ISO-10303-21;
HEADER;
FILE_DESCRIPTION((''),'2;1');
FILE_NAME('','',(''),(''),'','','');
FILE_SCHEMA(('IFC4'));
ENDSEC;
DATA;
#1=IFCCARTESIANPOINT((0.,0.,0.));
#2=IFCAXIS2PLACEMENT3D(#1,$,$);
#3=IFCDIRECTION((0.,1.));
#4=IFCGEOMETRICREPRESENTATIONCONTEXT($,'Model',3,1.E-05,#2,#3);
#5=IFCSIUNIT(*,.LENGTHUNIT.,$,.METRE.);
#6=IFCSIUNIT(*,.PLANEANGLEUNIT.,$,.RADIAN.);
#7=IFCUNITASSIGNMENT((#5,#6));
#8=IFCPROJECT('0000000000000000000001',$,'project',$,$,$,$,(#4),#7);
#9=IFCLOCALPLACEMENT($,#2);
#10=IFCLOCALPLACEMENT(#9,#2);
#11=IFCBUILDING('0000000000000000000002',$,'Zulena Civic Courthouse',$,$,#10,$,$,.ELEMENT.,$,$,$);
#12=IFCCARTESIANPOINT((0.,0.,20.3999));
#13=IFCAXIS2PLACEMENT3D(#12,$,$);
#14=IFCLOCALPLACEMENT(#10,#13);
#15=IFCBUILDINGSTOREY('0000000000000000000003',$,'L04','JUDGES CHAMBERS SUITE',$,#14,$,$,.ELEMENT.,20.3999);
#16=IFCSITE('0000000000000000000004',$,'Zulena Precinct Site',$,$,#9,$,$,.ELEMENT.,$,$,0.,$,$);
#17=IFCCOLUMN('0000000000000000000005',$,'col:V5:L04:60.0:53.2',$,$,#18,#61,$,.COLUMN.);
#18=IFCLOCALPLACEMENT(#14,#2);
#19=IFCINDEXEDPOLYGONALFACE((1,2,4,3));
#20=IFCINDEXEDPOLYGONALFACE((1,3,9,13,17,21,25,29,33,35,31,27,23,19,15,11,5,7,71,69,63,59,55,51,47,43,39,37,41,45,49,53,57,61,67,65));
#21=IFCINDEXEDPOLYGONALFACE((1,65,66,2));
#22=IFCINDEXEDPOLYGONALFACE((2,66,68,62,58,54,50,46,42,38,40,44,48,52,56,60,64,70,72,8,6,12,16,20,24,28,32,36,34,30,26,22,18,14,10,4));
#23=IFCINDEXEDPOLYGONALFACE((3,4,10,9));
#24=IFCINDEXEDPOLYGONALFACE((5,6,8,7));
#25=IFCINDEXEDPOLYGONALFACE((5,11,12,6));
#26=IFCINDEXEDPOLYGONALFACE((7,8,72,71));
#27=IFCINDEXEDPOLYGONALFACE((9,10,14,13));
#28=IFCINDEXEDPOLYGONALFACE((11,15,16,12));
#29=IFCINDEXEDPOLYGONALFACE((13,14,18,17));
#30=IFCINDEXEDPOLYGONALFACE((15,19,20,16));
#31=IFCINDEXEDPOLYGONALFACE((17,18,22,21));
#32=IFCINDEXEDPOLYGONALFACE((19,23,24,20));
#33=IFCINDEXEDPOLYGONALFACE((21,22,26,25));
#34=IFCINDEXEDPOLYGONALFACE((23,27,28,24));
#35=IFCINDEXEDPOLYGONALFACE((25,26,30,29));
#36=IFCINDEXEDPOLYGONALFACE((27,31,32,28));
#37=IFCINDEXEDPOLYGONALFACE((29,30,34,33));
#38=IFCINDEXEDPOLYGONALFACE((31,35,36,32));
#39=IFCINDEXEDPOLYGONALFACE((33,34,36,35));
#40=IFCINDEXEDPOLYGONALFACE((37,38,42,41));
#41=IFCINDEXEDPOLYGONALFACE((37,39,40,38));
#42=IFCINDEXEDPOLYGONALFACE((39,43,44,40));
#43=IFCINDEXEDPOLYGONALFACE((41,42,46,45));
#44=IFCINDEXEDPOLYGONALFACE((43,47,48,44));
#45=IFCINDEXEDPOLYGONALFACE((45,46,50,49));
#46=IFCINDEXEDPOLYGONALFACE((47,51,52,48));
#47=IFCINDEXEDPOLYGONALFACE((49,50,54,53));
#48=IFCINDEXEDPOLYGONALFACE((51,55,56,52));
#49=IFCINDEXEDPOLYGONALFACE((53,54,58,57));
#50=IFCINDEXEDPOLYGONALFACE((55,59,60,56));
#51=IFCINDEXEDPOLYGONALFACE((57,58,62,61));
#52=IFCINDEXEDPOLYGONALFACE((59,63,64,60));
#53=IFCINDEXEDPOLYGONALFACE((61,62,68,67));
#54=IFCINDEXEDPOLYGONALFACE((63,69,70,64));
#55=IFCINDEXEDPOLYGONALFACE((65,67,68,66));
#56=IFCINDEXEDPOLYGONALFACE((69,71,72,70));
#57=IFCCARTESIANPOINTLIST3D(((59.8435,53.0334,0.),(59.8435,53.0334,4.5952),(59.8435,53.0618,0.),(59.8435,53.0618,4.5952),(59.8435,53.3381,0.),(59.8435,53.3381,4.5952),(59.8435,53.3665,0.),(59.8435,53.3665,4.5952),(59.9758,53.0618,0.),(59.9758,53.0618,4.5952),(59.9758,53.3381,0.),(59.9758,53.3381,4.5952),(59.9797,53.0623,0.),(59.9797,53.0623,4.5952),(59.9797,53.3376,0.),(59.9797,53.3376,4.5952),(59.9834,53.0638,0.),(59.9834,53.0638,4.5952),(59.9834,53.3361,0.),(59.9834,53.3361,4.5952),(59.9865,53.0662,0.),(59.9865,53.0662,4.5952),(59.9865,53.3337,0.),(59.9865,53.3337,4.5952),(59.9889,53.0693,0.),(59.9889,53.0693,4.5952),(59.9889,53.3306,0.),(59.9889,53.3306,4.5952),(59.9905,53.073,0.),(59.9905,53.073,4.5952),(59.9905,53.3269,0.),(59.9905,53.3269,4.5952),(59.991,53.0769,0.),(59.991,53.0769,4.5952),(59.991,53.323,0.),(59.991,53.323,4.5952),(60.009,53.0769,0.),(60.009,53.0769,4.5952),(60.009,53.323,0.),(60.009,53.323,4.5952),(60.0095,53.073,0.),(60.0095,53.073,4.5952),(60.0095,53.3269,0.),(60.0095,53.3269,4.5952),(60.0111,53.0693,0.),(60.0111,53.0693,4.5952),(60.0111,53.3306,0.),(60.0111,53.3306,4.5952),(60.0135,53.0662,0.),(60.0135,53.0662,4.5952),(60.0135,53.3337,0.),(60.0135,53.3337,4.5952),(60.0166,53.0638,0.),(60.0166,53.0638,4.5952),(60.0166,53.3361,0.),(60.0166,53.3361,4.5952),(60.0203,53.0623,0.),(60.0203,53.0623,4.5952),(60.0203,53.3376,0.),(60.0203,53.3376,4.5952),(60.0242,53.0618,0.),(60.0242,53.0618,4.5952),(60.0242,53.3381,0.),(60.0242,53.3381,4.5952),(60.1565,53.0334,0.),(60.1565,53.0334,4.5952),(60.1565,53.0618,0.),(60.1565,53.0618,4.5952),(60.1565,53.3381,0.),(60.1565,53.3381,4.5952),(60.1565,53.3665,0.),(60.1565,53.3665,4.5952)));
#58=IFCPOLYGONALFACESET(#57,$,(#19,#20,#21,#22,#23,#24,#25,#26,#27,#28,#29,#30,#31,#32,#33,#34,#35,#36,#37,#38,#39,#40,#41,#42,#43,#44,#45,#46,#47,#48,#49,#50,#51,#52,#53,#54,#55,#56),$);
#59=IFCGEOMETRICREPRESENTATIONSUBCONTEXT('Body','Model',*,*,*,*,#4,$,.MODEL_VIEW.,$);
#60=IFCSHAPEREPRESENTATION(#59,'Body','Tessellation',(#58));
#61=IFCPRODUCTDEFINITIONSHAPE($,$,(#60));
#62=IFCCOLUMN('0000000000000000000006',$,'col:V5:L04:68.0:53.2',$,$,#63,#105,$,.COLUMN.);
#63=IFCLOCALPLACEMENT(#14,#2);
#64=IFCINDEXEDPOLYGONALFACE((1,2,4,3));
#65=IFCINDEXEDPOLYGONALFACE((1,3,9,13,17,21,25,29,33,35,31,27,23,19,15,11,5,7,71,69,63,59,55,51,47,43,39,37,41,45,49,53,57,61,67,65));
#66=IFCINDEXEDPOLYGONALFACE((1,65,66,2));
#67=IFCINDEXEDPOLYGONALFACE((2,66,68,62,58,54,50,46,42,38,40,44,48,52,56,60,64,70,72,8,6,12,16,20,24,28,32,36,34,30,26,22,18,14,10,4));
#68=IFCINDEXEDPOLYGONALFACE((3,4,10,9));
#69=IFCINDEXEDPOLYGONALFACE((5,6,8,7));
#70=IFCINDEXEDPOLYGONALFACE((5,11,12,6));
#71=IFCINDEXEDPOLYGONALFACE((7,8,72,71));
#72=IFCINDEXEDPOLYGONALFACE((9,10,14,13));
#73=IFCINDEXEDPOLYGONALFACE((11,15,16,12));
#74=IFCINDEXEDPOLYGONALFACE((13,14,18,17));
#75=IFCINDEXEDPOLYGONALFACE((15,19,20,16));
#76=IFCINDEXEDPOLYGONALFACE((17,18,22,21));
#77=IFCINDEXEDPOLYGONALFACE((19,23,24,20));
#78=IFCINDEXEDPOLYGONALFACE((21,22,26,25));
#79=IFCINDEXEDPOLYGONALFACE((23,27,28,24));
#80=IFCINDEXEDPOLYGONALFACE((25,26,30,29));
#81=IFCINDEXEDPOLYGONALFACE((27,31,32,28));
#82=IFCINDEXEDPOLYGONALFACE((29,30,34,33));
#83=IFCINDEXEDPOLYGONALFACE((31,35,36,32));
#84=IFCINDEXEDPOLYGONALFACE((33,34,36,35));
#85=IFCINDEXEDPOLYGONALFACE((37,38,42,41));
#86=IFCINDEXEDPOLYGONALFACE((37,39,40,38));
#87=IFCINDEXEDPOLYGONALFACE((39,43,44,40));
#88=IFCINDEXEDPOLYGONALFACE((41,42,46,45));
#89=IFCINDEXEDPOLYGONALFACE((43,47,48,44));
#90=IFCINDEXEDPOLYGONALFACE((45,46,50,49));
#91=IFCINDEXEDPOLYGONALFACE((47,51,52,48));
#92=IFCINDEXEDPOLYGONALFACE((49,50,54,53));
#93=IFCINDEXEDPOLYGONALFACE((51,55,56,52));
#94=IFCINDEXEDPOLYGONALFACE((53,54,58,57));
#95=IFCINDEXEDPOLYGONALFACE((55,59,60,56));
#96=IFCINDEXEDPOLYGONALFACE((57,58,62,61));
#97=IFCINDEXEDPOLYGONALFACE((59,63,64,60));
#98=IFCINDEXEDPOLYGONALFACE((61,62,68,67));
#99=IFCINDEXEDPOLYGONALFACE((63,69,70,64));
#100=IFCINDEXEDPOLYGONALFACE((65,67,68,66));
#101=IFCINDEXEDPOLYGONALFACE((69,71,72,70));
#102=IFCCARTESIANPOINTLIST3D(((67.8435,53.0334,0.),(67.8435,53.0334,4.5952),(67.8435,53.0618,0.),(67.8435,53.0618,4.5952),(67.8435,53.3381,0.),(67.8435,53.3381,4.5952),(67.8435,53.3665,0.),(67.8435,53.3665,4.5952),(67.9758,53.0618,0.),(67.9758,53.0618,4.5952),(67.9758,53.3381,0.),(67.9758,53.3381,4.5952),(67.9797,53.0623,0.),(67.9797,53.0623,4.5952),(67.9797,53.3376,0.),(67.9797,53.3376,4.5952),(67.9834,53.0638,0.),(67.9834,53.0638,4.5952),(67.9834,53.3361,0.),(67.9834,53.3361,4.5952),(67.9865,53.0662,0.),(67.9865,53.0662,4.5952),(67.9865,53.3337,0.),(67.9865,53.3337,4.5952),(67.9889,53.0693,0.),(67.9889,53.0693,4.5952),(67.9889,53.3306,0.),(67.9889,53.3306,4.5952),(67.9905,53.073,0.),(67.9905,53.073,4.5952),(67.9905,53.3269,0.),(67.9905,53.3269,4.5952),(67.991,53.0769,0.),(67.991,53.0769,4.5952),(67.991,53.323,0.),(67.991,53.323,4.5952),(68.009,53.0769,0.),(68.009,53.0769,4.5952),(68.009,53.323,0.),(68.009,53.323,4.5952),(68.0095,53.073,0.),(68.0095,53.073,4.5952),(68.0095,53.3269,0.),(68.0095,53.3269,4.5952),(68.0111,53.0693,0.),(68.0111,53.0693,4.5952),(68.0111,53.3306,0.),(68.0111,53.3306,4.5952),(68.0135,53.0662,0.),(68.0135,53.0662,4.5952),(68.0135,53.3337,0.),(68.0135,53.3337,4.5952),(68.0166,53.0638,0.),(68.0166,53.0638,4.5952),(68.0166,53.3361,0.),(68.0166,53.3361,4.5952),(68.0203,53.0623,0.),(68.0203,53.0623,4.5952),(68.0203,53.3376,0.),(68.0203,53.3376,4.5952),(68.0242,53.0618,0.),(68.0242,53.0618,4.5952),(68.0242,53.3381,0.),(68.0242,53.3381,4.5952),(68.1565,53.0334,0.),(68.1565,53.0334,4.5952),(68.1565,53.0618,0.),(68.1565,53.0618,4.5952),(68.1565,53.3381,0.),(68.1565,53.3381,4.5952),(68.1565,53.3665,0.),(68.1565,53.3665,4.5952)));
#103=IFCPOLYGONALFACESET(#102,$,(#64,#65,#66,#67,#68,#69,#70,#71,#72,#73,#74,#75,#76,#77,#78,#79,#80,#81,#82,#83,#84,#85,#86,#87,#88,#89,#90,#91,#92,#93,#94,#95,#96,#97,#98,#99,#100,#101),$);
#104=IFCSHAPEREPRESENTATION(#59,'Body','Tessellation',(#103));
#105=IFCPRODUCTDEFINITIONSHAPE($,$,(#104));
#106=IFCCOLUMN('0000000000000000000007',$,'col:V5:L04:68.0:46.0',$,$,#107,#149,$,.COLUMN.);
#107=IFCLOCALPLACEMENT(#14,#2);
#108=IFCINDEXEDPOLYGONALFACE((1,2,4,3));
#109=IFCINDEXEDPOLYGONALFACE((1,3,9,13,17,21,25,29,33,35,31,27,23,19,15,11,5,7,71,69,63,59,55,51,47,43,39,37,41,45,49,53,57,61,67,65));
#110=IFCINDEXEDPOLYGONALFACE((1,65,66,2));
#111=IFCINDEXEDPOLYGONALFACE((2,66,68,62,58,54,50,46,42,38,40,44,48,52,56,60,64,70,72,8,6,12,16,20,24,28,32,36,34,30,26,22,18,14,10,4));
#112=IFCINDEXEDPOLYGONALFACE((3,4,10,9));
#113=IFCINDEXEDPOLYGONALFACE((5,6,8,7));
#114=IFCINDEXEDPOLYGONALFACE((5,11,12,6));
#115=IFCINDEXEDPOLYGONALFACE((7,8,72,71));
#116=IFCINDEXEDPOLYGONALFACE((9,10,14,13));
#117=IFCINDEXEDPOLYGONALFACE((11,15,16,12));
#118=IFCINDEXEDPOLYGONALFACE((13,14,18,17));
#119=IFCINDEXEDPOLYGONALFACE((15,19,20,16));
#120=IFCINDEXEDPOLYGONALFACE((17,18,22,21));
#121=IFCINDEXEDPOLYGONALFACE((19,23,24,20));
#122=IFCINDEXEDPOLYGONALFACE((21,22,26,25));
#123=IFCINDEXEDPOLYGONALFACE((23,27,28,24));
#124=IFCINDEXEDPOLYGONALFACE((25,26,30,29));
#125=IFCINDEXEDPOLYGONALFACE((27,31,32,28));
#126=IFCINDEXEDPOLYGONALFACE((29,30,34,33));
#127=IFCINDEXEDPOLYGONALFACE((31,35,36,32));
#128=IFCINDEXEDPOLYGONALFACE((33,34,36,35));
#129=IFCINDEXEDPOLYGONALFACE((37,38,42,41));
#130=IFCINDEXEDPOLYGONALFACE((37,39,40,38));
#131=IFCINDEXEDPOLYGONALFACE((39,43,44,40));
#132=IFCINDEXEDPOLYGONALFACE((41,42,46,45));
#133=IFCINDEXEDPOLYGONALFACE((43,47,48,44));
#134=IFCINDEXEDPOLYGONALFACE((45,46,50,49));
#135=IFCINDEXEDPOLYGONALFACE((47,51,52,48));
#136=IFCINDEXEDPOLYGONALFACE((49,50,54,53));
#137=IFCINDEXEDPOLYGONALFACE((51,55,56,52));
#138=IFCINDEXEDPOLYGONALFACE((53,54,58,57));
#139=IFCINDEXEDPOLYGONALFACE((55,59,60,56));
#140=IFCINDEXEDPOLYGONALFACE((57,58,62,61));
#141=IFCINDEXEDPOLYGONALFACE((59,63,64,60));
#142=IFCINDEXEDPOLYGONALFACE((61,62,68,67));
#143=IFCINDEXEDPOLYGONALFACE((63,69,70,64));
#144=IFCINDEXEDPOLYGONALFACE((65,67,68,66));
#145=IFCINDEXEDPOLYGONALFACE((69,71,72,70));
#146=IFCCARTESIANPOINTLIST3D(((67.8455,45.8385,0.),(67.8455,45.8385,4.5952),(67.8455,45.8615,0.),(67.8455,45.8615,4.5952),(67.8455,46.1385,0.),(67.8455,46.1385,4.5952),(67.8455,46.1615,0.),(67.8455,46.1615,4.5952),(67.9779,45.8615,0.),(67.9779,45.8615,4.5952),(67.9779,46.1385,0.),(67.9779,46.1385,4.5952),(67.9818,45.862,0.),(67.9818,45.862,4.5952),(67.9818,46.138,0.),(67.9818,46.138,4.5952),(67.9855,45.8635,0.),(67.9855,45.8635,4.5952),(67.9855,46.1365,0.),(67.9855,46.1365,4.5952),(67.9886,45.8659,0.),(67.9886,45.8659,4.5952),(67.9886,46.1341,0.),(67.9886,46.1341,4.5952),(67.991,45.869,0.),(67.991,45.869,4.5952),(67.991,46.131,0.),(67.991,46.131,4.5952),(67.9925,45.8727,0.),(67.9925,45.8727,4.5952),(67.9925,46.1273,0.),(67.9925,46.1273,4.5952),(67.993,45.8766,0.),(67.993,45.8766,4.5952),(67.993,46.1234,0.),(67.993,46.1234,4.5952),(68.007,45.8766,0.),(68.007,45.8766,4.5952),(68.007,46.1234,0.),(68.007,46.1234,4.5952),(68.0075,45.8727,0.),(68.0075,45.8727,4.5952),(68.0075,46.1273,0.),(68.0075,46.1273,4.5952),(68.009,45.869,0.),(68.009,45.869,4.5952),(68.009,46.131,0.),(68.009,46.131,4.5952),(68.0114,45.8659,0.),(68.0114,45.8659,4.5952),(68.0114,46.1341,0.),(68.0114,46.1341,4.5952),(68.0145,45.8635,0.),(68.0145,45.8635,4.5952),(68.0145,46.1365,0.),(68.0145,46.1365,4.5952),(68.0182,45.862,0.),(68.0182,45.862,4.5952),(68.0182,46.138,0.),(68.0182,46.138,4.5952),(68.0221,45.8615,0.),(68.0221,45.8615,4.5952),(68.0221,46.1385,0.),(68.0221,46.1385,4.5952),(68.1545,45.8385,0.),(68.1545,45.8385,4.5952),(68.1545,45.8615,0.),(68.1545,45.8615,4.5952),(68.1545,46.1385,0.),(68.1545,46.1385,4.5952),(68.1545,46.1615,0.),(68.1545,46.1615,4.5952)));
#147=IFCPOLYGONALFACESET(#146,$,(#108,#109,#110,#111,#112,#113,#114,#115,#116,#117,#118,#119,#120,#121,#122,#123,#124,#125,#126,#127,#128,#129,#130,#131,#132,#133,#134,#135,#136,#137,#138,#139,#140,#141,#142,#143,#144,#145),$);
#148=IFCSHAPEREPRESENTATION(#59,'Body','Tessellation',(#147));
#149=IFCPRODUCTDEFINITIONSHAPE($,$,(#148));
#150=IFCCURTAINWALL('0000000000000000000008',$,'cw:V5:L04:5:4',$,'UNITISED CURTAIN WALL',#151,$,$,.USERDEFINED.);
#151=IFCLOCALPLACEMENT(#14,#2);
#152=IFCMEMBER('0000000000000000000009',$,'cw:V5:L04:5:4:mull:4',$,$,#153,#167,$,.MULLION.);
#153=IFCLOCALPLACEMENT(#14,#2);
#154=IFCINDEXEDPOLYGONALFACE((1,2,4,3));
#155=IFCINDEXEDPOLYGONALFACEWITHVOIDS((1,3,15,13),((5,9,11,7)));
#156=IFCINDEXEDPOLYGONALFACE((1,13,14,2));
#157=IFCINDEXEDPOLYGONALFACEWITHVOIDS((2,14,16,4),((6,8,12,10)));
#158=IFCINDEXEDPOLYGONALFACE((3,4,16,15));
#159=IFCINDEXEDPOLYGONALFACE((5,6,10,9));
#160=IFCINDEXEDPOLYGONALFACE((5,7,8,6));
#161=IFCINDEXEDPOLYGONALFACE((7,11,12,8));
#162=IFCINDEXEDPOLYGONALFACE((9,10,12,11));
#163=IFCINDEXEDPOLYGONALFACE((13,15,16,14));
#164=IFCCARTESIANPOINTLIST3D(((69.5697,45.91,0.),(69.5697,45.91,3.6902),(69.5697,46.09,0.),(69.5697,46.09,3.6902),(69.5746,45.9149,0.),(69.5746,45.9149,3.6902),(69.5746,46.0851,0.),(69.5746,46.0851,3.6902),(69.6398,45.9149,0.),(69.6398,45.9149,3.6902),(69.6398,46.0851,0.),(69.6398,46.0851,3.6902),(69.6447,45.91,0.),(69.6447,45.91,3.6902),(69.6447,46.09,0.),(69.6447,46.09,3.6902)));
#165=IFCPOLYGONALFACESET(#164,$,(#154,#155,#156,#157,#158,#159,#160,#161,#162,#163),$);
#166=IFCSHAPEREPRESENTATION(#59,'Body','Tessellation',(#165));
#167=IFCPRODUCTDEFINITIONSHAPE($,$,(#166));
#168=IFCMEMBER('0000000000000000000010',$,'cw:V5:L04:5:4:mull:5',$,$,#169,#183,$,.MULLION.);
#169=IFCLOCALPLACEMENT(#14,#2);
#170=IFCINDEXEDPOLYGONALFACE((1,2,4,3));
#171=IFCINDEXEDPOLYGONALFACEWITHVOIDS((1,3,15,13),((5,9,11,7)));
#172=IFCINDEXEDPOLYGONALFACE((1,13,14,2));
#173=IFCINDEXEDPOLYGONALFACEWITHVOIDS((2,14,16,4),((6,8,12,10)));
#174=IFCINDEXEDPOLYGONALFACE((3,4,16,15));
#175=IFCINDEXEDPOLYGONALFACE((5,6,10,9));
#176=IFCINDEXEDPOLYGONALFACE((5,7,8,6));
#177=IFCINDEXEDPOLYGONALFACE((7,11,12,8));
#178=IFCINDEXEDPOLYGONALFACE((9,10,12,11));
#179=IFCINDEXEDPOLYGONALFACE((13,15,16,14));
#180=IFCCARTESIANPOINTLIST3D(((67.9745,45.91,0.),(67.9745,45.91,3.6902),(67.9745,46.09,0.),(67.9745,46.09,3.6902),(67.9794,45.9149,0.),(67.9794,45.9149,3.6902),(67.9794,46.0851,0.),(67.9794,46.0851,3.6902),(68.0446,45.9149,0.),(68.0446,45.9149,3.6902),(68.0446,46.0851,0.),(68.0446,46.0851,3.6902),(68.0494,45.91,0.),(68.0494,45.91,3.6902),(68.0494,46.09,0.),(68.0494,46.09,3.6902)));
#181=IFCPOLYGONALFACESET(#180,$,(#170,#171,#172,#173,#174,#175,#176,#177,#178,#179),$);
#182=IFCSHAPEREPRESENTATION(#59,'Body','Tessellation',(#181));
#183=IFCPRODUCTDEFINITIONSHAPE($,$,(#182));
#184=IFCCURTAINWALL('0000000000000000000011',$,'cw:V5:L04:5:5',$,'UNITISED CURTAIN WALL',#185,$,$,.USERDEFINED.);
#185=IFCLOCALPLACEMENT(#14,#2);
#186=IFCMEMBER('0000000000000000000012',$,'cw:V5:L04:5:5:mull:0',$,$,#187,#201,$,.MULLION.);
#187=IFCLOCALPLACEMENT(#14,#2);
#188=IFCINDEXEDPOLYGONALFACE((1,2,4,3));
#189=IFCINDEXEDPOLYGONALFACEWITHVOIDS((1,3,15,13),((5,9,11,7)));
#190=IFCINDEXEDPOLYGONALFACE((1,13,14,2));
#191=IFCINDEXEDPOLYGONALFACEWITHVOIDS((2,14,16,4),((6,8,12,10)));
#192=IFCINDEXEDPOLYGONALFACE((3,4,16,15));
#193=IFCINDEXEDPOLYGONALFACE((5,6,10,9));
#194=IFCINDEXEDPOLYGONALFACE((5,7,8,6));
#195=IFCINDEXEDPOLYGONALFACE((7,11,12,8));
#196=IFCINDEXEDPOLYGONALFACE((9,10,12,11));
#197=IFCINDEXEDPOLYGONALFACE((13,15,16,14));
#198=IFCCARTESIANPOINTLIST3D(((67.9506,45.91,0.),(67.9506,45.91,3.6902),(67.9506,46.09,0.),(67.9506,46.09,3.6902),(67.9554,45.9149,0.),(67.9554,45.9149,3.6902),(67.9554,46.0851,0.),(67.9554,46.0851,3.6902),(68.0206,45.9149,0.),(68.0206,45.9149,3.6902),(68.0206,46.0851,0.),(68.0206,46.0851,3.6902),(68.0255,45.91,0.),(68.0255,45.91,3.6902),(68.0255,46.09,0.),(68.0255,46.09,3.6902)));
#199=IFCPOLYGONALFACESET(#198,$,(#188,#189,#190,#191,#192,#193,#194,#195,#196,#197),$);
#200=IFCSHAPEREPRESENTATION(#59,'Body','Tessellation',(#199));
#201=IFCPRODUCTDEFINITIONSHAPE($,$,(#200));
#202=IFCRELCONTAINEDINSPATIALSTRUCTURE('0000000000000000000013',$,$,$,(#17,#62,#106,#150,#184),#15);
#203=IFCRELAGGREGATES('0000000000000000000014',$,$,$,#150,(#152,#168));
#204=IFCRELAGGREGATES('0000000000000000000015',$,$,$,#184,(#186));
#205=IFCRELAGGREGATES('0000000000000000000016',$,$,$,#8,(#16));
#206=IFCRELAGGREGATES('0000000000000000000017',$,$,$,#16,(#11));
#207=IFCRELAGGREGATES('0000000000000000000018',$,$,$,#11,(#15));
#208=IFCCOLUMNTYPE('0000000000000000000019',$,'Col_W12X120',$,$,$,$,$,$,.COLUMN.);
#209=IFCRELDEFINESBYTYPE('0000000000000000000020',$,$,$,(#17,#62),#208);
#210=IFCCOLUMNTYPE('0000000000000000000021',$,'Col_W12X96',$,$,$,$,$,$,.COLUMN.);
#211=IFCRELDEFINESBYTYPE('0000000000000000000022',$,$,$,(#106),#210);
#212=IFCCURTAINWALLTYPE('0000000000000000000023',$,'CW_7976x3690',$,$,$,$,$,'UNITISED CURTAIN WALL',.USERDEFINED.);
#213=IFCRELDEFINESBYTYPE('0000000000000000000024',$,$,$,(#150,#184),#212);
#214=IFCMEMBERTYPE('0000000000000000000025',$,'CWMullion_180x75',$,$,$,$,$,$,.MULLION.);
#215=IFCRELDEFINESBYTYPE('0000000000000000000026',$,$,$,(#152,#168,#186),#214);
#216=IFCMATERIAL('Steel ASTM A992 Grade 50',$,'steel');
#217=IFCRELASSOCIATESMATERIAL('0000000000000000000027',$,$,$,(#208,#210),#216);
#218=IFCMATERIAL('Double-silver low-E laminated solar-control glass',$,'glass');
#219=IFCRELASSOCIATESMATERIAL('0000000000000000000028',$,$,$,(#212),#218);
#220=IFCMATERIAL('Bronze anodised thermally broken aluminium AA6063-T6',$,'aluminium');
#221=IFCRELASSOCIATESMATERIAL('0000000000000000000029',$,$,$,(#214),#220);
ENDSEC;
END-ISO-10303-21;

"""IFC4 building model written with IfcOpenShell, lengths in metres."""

from ifc_helpers import new_model, si_unit, direction, frame, origin, origin_2d, place, context, subcontext, project, spatial, hollow_rectangle, i_section, extrude, material, material_profile, profile_set, type_object, element, aggregate, save


model = new_model("IFC4")

# Units and contexts
model_context = context("Model", 3, precision=1e-05, world=origin(), true_north=direction((0.0, 1.0)))
body_context = subcontext(model_context, "Body", "Model", "MODEL_VIEW")
ifc_project = project(units=[si_unit("LENGTHUNIT", "METRE"), si_unit("PLANEANGLEUNIT", "RADIAN")], contexts=[model_context])

# Site, building, storey
site_placement = place(None, origin())
site = spatial("IfcSite", under=ifc_project, at=site_placement, Name="Zulena Precinct Site", CompositionType="ELEMENT", RefElevation=0.0)
building_placement = place(site_placement, origin())
building = spatial("IfcBuilding", under=site, at=building_placement, Name="Zulena Civic Courthouse", CompositionType="ELEMENT")
storey_placement = place(building_placement, frame((0.0, 0.0, 20.3999)))
storey = spatial("IfcBuildingStorey", under=building, at=storey_placement, Name="L04", Description="JUDGES CHAMBERS SUITE", CompositionType="ELEMENT", Elevation=20.3999)

# Columns
ifc_material_1 = material(Name="Steel ASTM A992 Grade 50", Category="steel")
ifc_material_profile_1 = material_profile(ifc_material_1, i_section(OverallWidth=0.313, OverallDepth=0.333, WebThickness=0.0181, FlangeThickness=0.0283, FilletRadius=0.0151, at=origin_2d()), Name="W12X120")
ifc_profile_set_1 = profile_set([ifc_material_profile_1], Name="Steel ASTM A992 Grade 50")
column_type_1 = type_object("IfcColumnType", Name="Col_W12X120", PredefinedType="COLUMN", material=ifc_profile_set_1)
for number, where, z_axis, x_axis, name in (
    (1, (60.0, 53.2, 0.0), (0.0, 0.0, 1.0), (1.0, 0.0, 0.0), "col:V5:L04:60.0:53.2"),
    (2, (68.0, 53.2, 0.0), (0.0, 0.0, 1.0), (1.0, 0.0, 0.0), "col:V5:L04:68.0:53.2"),
):
    element("IfcColumn", number, at=place(storey_placement, frame(where, z_axis=z_axis, x_axis=x_axis)), inside=storey, type_object=column_type_1, Name=name, PredefinedType="COLUMN", context=body_context, shape_type="SweptSolid", body=[
        extrude(i_section(OverallWidth=0.313, OverallDepth=0.333, WebThickness=0.0181, FlangeThickness=0.0283, FilletRadius=0.0151, at=origin_2d()), origin(), (0.0, 0.0, 1.0), 4.5952),
    ])
ifc_material_profile_2 = material_profile(ifc_material_1, i_section(OverallWidth=0.3091, OverallDepth=0.323, WebThickness=0.0139, FlangeThickness=0.0229, FilletRadius=0.0151, at=origin_2d()), Name="W12X96")
ifc_profile_set_2 = profile_set([ifc_material_profile_2], Name="Steel ASTM A992 Grade 50")
column_type_2 = type_object("IfcColumnType", Name="Col_W12X96", PredefinedType="COLUMN", material=ifc_profile_set_2)
column_placement = place(storey_placement, frame((68.0, 46.0, 0.0), z_axis=(0.0, 0.0, 1.0), x_axis=(1.0, 0.0, 0.0)))
element("IfcColumn", 3, at=column_placement, inside=storey, type_object=column_type_2, Name="col:V5:L04:68.0:46.0", PredefinedType="COLUMN", context=body_context, shape_type="SweptSolid", body=[
    extrude(i_section(OverallWidth=0.3091, OverallDepth=0.323, WebThickness=0.0139, FlangeThickness=0.0229, FilletRadius=0.0151, at=origin_2d()), origin(), (0.0, 0.0, 1.0), 4.5952),
])

# Curtain walls, members
ifc_material_2 = material(Name="Double-silver low-E laminated solar-control glass", Category="glass")
curtain_wall_type = type_object("IfcCurtainWallType", Name="CW_7976x3690", ElementType="UNITISED CURTAIN WALL", PredefinedType="USERDEFINED", material=ifc_material_2)
curtain_wall_1_placement = place(storey_placement, origin())
curtain_wall_1 = element("IfcCurtainWall", 4, at=curtain_wall_1_placement, inside=storey, type_object=curtain_wall_type, Name="cw:V5:L04:5:4", ObjectType="UNITISED CURTAIN WALL", PredefinedType="USERDEFINED")
ifc_material_3 = material(Name="Bronze anodised thermally broken aluminium AA6063-T6", Category="aluminium")
ifc_material_profile_3 = material_profile(ifc_material_3, hollow_rectangle(XDim=0.075, YDim=0.1799, WallThickness=0.0049, at=origin_2d()), Name="CWM180X75X5")
ifc_profile_set_3 = profile_set([ifc_material_profile_3], Name="Bronze anodised thermally broken aluminium AA6063-T6")
member_type_1 = type_object("IfcMemberType", Name="CWMullion_180x75", PredefinedType="MULLION", material=ifc_profile_set_3)
member_1_placement = place(storey_placement, frame((69.6072, 46.0, 0.0), z_axis=(0.0, 0.0, 1.0), x_axis=(1.0, 0.0, 0.0)))
member_1 = element("IfcMember", 5, at=member_1_placement, type_object=member_type_1, Name="cw:V5:L04:5:4:mull:4", PredefinedType="MULLION", context=body_context, shape_type="SweptSolid", body=[
    extrude(hollow_rectangle(XDim=0.075, YDim=0.1799, WallThickness=0.0049, at=origin_2d()), origin(), (0.0, 0.0, 1.0), 3.6902),
])
member_2_placement = place(storey_placement, frame((68.012, 46.0, 0.0), z_axis=(0.0, 0.0, 1.0), x_axis=(1.0, 0.0, 0.0)))
member_2 = element("IfcMember", 6, at=member_2_placement, type_object=member_type_1, Name="cw:V5:L04:5:4:mull:5", PredefinedType="MULLION", context=body_context, shape_type="SweptSolid", body=[
    extrude(hollow_rectangle(XDim=0.075, YDim=0.1799, WallThickness=0.0049, at=origin_2d()), origin(), (0.0, 0.0, 1.0), 3.6902),
])
curtain_wall_2_placement = place(storey_placement, origin())
curtain_wall_2 = element("IfcCurtainWall", 7, at=curtain_wall_2_placement, inside=storey, type_object=curtain_wall_type, Name="cw:V5:L04:5:5", ObjectType="UNITISED CURTAIN WALL", PredefinedType="USERDEFINED")
member_3_placement = place(storey_placement, frame((67.988, 46.0, 0.0), z_axis=(0.0, 0.0, 1.0), x_axis=(1.0, 0.0, 0.0)))
member_3 = element("IfcMember", 8, at=member_3_placement, type_object=member_type_1, Name="cw:V5:L04:5:5:mull:0", PredefinedType="MULLION", context=body_context, shape_type="SweptSolid", body=[
    extrude(hollow_rectangle(XDim=0.075, YDim=0.1799, WallThickness=0.0049, at=origin_2d()), origin(), (0.0, 0.0, 1.0), 3.6902),
])

aggregate(curtain_wall_1, [member_1, member_2])
aggregate(curtain_wall_2, [member_3])

save(model, "model.ifc")
